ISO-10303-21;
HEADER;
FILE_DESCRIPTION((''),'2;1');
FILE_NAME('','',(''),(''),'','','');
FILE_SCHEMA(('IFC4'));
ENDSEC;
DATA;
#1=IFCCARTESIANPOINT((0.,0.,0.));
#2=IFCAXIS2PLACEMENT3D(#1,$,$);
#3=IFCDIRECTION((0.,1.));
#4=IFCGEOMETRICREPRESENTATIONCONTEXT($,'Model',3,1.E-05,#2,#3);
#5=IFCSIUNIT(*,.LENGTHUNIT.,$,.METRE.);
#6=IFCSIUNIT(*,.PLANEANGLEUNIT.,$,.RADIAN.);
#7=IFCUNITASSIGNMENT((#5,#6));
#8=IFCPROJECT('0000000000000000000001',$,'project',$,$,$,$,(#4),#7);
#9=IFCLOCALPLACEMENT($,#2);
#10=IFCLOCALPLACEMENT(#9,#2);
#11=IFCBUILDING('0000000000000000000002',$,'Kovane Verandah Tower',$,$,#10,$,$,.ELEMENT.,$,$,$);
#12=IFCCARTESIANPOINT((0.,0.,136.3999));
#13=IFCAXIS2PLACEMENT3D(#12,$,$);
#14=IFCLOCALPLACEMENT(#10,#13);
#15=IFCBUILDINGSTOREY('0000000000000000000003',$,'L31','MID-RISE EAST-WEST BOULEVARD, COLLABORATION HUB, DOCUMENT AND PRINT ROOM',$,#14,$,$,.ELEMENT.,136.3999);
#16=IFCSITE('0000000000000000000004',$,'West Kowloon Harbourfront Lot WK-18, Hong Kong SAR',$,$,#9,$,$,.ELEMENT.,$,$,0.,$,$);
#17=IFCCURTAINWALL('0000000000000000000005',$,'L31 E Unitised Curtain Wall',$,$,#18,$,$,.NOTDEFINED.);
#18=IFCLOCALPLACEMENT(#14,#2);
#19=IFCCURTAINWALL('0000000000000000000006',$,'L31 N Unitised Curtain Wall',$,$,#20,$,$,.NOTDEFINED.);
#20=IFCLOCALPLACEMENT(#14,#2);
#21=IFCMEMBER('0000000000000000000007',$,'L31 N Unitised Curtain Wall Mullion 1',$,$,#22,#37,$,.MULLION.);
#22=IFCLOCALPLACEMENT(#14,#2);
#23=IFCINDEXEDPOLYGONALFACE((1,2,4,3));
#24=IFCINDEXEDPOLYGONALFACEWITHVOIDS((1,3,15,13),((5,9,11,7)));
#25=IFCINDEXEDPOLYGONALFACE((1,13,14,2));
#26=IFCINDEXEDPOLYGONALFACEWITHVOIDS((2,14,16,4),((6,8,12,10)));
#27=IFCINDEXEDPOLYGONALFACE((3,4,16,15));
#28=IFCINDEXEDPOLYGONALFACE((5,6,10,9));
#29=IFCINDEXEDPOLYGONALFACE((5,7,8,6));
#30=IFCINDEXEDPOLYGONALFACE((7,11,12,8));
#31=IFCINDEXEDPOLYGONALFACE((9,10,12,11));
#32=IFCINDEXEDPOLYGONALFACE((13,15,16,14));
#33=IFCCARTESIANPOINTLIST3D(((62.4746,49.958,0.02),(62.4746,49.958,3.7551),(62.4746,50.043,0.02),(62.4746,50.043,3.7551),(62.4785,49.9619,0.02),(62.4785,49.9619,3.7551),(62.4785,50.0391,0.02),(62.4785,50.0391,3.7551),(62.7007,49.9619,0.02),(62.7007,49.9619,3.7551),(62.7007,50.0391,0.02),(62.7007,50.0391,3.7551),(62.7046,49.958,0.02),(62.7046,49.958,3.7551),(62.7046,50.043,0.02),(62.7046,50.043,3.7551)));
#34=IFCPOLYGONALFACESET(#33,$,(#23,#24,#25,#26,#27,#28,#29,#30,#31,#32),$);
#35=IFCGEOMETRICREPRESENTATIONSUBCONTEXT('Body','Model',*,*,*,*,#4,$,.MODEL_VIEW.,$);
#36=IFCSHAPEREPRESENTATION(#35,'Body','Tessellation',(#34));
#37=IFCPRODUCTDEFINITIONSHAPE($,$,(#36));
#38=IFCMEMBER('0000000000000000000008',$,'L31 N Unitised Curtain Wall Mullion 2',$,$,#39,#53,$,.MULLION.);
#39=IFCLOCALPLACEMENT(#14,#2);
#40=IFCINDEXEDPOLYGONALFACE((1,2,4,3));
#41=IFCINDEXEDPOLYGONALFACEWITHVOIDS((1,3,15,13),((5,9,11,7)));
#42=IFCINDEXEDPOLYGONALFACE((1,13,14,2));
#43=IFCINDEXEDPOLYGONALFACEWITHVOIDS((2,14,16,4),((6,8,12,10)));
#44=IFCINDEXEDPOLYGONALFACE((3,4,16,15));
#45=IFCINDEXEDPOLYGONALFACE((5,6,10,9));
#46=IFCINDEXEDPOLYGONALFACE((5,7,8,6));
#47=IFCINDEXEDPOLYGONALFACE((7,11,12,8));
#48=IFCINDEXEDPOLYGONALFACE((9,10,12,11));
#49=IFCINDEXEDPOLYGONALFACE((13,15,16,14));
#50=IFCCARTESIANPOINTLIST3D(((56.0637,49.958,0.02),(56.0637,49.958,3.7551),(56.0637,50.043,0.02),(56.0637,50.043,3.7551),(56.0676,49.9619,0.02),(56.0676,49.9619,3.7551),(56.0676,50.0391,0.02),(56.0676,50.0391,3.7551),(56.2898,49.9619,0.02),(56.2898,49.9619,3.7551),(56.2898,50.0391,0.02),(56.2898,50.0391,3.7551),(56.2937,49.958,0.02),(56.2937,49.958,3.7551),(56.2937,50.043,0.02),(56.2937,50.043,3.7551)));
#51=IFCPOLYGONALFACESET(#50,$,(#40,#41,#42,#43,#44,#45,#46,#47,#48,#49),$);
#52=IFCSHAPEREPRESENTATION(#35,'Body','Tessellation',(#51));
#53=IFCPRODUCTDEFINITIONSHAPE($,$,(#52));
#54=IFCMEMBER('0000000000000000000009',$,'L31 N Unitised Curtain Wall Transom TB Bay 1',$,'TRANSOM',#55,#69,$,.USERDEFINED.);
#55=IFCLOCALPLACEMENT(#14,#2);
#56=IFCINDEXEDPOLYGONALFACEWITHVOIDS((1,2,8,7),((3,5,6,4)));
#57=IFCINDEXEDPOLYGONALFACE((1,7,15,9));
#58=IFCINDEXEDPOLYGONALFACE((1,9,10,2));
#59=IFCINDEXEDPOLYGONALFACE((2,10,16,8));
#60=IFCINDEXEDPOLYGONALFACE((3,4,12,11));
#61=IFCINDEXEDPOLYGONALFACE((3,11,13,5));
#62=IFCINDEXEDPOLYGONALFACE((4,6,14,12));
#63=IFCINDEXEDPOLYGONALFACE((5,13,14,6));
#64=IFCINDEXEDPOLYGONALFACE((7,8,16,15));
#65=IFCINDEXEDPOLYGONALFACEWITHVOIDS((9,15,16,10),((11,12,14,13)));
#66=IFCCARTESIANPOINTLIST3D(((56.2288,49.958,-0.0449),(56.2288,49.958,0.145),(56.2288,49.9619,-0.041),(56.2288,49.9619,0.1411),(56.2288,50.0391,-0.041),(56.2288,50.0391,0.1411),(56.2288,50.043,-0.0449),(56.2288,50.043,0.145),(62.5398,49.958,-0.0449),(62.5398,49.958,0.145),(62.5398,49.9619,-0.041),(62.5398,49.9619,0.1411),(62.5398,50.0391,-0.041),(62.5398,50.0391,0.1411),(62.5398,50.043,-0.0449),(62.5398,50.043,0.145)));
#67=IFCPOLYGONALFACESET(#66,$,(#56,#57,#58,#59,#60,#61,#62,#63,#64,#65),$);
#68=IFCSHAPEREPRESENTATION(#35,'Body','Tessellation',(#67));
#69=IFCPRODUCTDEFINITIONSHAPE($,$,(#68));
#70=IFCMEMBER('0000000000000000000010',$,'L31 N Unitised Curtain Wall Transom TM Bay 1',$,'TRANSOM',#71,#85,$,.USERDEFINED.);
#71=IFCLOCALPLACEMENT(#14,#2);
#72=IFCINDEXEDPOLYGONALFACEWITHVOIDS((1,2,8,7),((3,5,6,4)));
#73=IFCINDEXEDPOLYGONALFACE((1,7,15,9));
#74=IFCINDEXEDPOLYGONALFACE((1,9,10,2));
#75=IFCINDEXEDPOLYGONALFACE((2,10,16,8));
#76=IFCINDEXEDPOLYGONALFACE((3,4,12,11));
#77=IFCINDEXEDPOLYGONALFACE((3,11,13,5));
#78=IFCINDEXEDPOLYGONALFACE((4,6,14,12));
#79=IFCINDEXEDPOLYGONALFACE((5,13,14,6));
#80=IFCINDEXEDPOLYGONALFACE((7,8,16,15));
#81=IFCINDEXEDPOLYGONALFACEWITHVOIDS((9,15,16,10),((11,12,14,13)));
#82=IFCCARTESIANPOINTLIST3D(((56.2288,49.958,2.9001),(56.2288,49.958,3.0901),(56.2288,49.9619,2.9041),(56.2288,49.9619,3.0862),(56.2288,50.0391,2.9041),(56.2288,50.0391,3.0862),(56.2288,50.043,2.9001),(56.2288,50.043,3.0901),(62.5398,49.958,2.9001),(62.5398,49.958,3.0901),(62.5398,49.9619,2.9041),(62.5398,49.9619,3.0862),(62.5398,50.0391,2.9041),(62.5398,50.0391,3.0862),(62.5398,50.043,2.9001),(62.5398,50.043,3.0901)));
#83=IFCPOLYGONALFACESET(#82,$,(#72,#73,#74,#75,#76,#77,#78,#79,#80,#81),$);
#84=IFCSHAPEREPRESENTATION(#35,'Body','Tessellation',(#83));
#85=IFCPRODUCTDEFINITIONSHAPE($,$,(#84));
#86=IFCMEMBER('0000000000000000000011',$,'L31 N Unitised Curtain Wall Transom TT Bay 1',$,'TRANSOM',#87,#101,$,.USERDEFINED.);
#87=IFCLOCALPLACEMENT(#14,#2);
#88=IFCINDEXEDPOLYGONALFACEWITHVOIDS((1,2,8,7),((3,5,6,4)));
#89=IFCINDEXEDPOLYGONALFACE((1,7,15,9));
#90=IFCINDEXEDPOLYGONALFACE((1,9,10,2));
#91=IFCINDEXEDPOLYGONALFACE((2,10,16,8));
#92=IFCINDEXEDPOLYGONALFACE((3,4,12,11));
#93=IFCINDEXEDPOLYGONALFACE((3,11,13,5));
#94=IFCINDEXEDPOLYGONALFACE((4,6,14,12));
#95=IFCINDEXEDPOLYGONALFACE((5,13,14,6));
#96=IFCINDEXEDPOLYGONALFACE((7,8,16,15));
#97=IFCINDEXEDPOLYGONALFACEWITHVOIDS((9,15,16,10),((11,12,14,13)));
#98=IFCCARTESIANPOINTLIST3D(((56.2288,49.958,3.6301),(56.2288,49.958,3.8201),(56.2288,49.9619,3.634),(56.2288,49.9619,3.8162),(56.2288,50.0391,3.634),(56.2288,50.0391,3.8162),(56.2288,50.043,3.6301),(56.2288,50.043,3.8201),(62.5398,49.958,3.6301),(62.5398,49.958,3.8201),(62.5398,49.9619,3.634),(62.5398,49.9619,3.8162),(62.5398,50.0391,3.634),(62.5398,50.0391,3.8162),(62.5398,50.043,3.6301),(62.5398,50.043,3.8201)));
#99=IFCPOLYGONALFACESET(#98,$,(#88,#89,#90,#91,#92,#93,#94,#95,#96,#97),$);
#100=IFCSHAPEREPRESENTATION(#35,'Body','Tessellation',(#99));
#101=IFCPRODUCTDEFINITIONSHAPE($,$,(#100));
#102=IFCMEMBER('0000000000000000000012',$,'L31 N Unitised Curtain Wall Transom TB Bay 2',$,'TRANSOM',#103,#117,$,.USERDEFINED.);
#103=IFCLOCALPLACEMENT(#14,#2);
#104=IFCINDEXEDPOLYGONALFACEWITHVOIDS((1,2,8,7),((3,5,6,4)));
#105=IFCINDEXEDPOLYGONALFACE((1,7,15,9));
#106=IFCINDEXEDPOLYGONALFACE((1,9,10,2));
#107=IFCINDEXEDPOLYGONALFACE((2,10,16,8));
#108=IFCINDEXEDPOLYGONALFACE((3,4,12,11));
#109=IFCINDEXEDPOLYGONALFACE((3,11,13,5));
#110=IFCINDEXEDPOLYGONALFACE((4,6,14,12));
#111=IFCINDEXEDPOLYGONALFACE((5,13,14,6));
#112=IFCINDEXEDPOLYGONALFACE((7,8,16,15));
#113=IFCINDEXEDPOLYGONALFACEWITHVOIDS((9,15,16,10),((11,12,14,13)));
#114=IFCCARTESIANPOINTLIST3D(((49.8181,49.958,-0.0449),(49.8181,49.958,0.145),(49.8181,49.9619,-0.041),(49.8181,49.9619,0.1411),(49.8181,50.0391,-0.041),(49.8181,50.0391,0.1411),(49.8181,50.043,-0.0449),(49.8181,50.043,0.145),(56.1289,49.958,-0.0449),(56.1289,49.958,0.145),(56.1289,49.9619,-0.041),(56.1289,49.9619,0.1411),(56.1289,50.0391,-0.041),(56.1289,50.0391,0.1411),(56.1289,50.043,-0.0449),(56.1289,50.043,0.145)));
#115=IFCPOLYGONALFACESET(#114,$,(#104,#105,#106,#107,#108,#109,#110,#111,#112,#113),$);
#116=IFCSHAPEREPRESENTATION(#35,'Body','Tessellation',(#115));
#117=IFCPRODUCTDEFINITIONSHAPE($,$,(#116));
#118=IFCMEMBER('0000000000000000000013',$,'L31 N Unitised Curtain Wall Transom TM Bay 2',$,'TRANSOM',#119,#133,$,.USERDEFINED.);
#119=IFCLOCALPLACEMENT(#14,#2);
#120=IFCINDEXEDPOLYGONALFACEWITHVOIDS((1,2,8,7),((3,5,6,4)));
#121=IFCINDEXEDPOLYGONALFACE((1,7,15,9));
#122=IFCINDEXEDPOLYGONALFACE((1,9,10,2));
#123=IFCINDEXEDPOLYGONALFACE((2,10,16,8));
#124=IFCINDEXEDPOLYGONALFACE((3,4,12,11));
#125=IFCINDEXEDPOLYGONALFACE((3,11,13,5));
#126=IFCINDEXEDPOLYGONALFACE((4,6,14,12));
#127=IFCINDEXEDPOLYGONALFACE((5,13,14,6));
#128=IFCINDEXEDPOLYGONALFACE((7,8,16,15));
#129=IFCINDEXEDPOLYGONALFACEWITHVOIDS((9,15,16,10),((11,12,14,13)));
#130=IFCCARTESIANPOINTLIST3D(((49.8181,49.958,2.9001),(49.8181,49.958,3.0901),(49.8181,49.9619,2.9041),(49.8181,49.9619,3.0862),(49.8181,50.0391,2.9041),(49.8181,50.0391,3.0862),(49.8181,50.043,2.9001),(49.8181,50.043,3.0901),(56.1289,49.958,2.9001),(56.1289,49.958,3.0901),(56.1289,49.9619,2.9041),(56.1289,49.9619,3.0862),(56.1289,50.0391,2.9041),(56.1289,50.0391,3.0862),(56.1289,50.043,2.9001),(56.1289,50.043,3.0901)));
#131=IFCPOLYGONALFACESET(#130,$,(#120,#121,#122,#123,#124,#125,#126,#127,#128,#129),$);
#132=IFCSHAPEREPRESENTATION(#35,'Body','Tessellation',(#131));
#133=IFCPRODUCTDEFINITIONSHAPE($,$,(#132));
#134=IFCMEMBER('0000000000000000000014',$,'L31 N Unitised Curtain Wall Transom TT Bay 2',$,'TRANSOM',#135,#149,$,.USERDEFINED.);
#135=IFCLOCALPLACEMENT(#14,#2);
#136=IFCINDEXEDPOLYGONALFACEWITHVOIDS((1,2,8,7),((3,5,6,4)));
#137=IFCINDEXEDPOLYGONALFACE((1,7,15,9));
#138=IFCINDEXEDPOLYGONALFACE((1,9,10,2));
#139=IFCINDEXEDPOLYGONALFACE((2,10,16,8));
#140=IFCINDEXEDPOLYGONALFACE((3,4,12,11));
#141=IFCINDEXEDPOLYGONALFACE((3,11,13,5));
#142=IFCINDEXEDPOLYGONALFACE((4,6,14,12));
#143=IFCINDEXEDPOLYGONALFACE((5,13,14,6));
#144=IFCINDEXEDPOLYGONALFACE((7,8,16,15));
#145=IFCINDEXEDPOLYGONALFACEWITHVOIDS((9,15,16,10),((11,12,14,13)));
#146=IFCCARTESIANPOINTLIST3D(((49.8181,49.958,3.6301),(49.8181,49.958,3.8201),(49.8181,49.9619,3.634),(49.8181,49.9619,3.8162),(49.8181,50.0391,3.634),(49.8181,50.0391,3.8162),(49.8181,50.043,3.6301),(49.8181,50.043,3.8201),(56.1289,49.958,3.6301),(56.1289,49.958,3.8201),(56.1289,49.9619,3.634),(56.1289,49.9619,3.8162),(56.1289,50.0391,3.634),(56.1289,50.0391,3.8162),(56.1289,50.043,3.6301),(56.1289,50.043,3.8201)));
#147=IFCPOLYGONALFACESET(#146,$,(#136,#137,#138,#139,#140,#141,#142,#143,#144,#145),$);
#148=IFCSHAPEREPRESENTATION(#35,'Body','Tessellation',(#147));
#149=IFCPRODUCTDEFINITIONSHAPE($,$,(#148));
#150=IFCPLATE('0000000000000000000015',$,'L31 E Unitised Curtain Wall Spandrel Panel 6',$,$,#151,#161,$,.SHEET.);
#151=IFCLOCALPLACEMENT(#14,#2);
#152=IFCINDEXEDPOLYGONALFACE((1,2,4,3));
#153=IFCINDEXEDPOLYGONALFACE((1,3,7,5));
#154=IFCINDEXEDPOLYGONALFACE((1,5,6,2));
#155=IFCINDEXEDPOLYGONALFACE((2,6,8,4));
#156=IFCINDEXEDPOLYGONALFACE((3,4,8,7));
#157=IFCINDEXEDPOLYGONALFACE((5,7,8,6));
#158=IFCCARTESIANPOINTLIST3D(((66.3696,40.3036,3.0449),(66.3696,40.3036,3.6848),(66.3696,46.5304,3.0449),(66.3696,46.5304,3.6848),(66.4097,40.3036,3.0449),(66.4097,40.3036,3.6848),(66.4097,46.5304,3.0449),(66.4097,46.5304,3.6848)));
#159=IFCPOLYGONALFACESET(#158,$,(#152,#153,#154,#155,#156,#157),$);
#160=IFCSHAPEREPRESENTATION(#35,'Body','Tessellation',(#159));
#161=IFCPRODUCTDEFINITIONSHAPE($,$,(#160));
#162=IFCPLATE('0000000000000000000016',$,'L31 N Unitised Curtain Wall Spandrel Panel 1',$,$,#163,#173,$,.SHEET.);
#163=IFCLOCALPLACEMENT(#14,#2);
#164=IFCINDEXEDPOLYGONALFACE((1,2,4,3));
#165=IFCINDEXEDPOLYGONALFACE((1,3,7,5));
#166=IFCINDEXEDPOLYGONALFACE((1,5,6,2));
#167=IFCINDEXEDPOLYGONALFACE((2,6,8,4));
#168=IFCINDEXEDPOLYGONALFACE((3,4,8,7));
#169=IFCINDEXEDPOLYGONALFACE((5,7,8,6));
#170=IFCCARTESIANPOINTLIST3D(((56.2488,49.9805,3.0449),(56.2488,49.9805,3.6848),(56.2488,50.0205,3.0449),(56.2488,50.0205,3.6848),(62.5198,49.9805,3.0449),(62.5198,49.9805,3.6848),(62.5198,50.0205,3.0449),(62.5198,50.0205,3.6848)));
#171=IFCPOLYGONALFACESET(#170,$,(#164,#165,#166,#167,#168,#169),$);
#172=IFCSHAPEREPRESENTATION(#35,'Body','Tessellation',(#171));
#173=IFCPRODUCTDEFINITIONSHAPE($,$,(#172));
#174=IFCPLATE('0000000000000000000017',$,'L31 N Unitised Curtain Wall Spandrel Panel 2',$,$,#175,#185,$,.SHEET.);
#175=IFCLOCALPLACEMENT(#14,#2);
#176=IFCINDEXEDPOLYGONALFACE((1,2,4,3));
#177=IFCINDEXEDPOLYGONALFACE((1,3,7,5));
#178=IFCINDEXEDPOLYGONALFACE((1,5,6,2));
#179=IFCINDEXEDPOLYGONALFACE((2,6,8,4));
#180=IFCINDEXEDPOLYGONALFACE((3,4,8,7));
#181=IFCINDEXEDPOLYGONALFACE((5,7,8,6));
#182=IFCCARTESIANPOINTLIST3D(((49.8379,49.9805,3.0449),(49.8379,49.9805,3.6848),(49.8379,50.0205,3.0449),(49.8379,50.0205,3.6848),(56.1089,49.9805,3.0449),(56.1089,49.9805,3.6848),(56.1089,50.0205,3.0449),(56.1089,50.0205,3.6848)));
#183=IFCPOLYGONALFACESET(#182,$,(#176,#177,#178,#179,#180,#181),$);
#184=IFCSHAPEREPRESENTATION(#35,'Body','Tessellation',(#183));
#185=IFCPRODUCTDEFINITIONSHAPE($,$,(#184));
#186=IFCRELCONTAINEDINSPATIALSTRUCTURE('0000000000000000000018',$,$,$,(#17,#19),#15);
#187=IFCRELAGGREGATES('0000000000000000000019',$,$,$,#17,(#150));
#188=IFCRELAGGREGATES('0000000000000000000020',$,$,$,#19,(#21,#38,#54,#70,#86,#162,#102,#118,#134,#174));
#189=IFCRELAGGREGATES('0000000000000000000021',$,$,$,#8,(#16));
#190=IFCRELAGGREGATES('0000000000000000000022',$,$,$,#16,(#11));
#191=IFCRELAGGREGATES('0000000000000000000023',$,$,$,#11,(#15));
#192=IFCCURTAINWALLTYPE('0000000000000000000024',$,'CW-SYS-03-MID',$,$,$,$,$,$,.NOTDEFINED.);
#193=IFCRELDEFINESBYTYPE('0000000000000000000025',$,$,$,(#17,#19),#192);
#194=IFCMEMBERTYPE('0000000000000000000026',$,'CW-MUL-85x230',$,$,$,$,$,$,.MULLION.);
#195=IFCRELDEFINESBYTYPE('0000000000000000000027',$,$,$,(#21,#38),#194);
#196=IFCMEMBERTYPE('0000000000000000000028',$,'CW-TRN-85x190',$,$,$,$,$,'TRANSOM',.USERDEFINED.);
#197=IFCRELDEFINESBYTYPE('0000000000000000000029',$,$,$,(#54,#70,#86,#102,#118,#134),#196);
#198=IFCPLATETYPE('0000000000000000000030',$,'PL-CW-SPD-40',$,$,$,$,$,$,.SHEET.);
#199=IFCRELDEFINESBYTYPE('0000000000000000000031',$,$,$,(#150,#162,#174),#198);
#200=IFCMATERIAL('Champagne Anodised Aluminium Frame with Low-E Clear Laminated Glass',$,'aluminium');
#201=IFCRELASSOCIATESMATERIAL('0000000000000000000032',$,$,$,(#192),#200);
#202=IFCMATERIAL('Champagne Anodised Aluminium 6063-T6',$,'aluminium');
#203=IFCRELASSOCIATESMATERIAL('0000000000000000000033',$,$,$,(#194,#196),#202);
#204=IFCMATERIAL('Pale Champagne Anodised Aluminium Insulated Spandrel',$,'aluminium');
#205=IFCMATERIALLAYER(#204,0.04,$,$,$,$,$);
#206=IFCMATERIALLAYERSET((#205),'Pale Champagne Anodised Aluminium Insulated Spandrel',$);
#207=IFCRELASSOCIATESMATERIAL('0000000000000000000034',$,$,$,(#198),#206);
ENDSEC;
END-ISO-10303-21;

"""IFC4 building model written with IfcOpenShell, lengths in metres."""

from ifc_helpers import new_model, si_unit, direction, frame, origin, origin_2d, place, context, subcontext, project, spatial, rectangle, hollow_rectangle, extrude, material, layer, layer_set, material_profile, profile_set, type_object, element, aggregate, save


model = new_model("IFC4")

# Units and contexts
model_context = context("Model", 3, precision=1e-05, world=origin(), true_north=direction((0.0, 1.0)))
body_context = subcontext(model_context, "Body", "Model", "MODEL_VIEW")
ifc_project = project(units=[si_unit("LENGTHUNIT", "METRE"), si_unit("PLANEANGLEUNIT", "RADIAN")], contexts=[model_context])

# Site, building, storey
site_placement = place(None, origin())
site = spatial("IfcSite", under=ifc_project, at=site_placement, Name="West Kowloon Harbourfront Lot WK-18, Hong Kong SAR", CompositionType="ELEMENT", RefElevation=0.0)
building_placement = place(site_placement, origin())
building = spatial("IfcBuilding", under=site, at=building_placement, Name="Kovane Verandah Tower", CompositionType="ELEMENT")
storey_placement = place(building_placement, frame((0.0, 0.0, 136.3999)))
storey = spatial("IfcBuildingStorey", under=building, at=storey_placement, Name="L31", Description="MID-RISE EAST-WEST BOULEVARD, COLLABORATION HUB, DOCUMENT AND PRINT ROOM", CompositionType="ELEMENT", Elevation=136.3999)

# Curtain wall
ifc_material_1 = material(Name="Champagne Anodised Aluminium Frame with Low-E Clear Laminated Glass", Category="aluminium")
curtain_wall_type = type_object("IfcCurtainWallType", Name="CW-SYS-03-MID", PredefinedType="NOTDEFINED", material=ifc_material_1)
curtain_wall_1_placement = place(storey_placement, origin())
curtain_wall_1 = element("IfcCurtainWall", 1, at=curtain_wall_1_placement, inside=storey, type_object=curtain_wall_type, Name="L31 E Unitised Curtain Wall", PredefinedType="NOTDEFINED")
ifc_material_2 = material(Name="Champagne Anodised Aluminium 6063-T6", Category="aluminium")
ifc_material_profile_1 = material_profile(ifc_material_2, hollow_rectangle(XDim=0.085, YDim=0.23, WallThickness=0.0039, at=origin_2d()), Name="AL85x230x4")
ifc_profile_set_1 = profile_set([ifc_material_profile_1], Name="Champagne Anodised Aluminium 6063-T6")
member_type_1 = type_object("IfcMemberType", Name="CW-MUL-85x230", PredefinedType="MULLION", material=ifc_profile_set_1)

# Curtain wall, members
curtain_wall_2_placement = place(storey_placement, origin())
curtain_wall_2 = element("IfcCurtainWall", 2, at=curtain_wall_2_placement, inside=storey, type_object=curtain_wall_type, Name="L31 N Unitised Curtain Wall", PredefinedType="NOTDEFINED")
member_1_placement = place(storey_placement, frame((62.5896, 50.0005, 0.02), z_axis=(0.0, 0.0, 1.0), x_axis=(0.0, 1.0, 0.0)))
member_1 = element("IfcMember", 3, at=member_1_placement, type_object=member_type_1, Name="L31 N Unitised Curtain Wall Mullion 1", PredefinedType="MULLION", context=body_context, shape_type="SweptSolid", body=[
    extrude(hollow_rectangle(XDim=0.085, YDim=0.23, WallThickness=0.0039, at=origin_2d()), origin(), (0.0, 0.0, 1.0), 3.7351),
])
member_2_placement = place(storey_placement, frame((56.1787, 50.0005, 0.02), z_axis=(0.0, 0.0, 1.0), x_axis=(0.0, 1.0, 0.0)))
member_2 = element("IfcMember", 4, at=member_2_placement, type_object=member_type_1, Name="L31 N Unitised Curtain Wall Mullion 2", PredefinedType="MULLION", context=body_context, shape_type="SweptSolid", body=[
    extrude(hollow_rectangle(XDim=0.085, YDim=0.23, WallThickness=0.0039, at=origin_2d()), origin(), (0.0, 0.0, 1.0), 3.7351),
])
ifc_material_profile_2 = material_profile(ifc_material_2, hollow_rectangle(XDim=0.085, YDim=0.1899, WallThickness=0.0039, at=origin_2d()), Name="AL85x190x4")
ifc_profile_set_2 = profile_set([ifc_material_profile_2], Name="Champagne Anodised Aluminium 6063-T6")
member_type_2 = type_object("IfcMemberType", Name="CW-TRN-85x190", ElementType="TRANSOM", PredefinedType="USERDEFINED", material=ifc_profile_set_2)
member_3_placement = place(storey_placement, frame((62.5398, 50.0005, 0.05), z_axis=(-1.0, 0.0, 0.0), x_axis=(0.0, -1.0, 0.0)))
member_3 = element("IfcMember", 5, at=member_3_placement, type_object=member_type_2, Name="L31 N Unitised Curtain Wall Transom TB Bay 1", ObjectType="TRANSOM", PredefinedType="USERDEFINED", context=body_context, shape_type="SweptSolid", body=[
    extrude(hollow_rectangle(XDim=0.085, YDim=0.1899, WallThickness=0.0039, at=origin_2d()), origin(), (0.0, 0.0, 1.0), 6.311),
])
member_4_placement = place(storey_placement, frame((62.5398, 50.0005, 2.9951), z_axis=(-1.0, 0.0, 0.0), x_axis=(0.0, -1.0, 0.0)))
member_4 = element("IfcMember", 6, at=member_4_placement, type_object=member_type_2, Name="L31 N Unitised Curtain Wall Transom TM Bay 1", ObjectType="TRANSOM", PredefinedType="USERDEFINED", context=body_context, shape_type="SweptSolid", body=[
    extrude(hollow_rectangle(XDim=0.085, YDim=0.1899, WallThickness=0.0039, at=origin_2d()), origin(), (0.0, 0.0, 1.0), 6.311),
])
member_5_placement = place(storey_placement, frame((62.5398, 50.0005, 3.7251), z_axis=(-1.0, 0.0, 0.0), x_axis=(0.0, -1.0, 0.0)))
member_5 = element("IfcMember", 7, at=member_5_placement, type_object=member_type_2, Name="L31 N Unitised Curtain Wall Transom TT Bay 1", ObjectType="TRANSOM", PredefinedType="USERDEFINED", context=body_context, shape_type="SweptSolid", body=[
    extrude(hollow_rectangle(XDim=0.085, YDim=0.1899, WallThickness=0.0039, at=origin_2d()), origin(), (0.0, 0.0, 1.0), 6.311),
])
member_6_placement = place(storey_placement, frame((56.1289, 50.0005, 0.05), z_axis=(-1.0, 0.0, 0.0), x_axis=(0.0, -1.0, 0.0)))
member_6 = element("IfcMember", 8, at=member_6_placement, type_object=member_type_2, Name="L31 N Unitised Curtain Wall Transom TB Bay 2", ObjectType="TRANSOM", PredefinedType="USERDEFINED", context=body_context, shape_type="SweptSolid", body=[
    extrude(hollow_rectangle(XDim=0.085, YDim=0.1899, WallThickness=0.0039, at=origin_2d()), origin(), (0.0, 0.0, 1.0), 6.3108),
])
member_7_placement = place(storey_placement, frame((56.1289, 50.0005, 2.9951), z_axis=(-1.0, 0.0, 0.0), x_axis=(0.0, -1.0, 0.0)))
member_7 = element("IfcMember", 9, at=member_7_placement, type_object=member_type_2, Name="L31 N Unitised Curtain Wall Transom TM Bay 2", ObjectType="TRANSOM", PredefinedType="USERDEFINED", context=body_context, shape_type="SweptSolid", body=[
    extrude(hollow_rectangle(XDim=0.085, YDim=0.1899, WallThickness=0.0039, at=origin_2d()), origin(), (0.0, 0.0, 1.0), 6.3108),
])
member_8_placement = place(storey_placement, frame((56.1289, 50.0005, 3.7251), z_axis=(-1.0, 0.0, 0.0), x_axis=(0.0, -1.0, 0.0)))
member_8 = element("IfcMember", 10, at=member_8_placement, type_object=member_type_2, Name="L31 N Unitised Curtain Wall Transom TT Bay 2", ObjectType="TRANSOM", PredefinedType="USERDEFINED", context=body_context, shape_type="SweptSolid", body=[
    extrude(hollow_rectangle(XDim=0.085, YDim=0.1899, WallThickness=0.0039, at=origin_2d()), origin(), (0.0, 0.0, 1.0), 6.3108),
])

# Plates
ifc_material_3 = material(Name="Pale Champagne Anodised Aluminium Insulated Spandrel", Category="aluminium")
ifc_layer_1 = layer(ifc_material_3, 0.04)
ifc_layer_set_1 = layer_set([ifc_layer_1], Name="Pale Champagne Anodised Aluminium Insulated Spandrel")
plate_type_1 = type_object("IfcPlateType", Name="PL-CW-SPD-40", PredefinedType="SHEET", material=ifc_layer_set_1)
plate_1_placement = place(storey_placement, frame((66.3896, 43.417, 3.0449), z_axis=(0.0, 0.0, 1.0), x_axis=(0.0, 1.0, 0.0)))
plate_1 = element("IfcPlate", 11, at=plate_1_placement, type_object=plate_type_1, Name="L31 E Unitised Curtain Wall Spandrel Panel 6", PredefinedType="SHEET", context=body_context, shape_type="SweptSolid", body=[
    extrude(rectangle(XDim=6.2268, YDim=0.04, at=origin_2d()), origin(), (0.0, 0.0, 1.0), 0.6399),
])
plate_2_placement = place(storey_placement, frame((59.3843, 50.0005, 3.0449), z_axis=(0.0, 0.0, 1.0), x_axis=(-1.0, 0.0, 0.0)))
plate_2 = element("IfcPlate", 12, at=plate_2_placement, type_object=plate_type_1, Name="L31 N Unitised Curtain Wall Spandrel Panel 1", PredefinedType="SHEET", context=body_context, shape_type="SweptSolid", body=[
    extrude(rectangle(XDim=6.271, YDim=0.04, at=origin_2d()), origin(), (0.0, 0.0, 1.0), 0.6399),
])
plate_3_placement = place(storey_placement, frame((52.9734, 50.0005, 3.0449), z_axis=(0.0, 0.0, 1.0), x_axis=(-1.0, 0.0, 0.0)))
plate_3 = element("IfcPlate", 13, at=plate_3_placement, type_object=plate_type_1, Name="L31 N Unitised Curtain Wall Spandrel Panel 2", PredefinedType="SHEET", context=body_context, shape_type="SweptSolid", body=[
    extrude(rectangle(XDim=6.271, YDim=0.04, at=origin_2d()), origin(), (0.0, 0.0, 1.0), 0.6399),
])
aggregate(curtain_wall_1, [plate_1])
aggregate(curtain_wall_2, [member_1, member_2, member_3, member_4, member_5, plate_2, member_6, member_7, member_8, plate_3])

save(model, "model.ifc")
